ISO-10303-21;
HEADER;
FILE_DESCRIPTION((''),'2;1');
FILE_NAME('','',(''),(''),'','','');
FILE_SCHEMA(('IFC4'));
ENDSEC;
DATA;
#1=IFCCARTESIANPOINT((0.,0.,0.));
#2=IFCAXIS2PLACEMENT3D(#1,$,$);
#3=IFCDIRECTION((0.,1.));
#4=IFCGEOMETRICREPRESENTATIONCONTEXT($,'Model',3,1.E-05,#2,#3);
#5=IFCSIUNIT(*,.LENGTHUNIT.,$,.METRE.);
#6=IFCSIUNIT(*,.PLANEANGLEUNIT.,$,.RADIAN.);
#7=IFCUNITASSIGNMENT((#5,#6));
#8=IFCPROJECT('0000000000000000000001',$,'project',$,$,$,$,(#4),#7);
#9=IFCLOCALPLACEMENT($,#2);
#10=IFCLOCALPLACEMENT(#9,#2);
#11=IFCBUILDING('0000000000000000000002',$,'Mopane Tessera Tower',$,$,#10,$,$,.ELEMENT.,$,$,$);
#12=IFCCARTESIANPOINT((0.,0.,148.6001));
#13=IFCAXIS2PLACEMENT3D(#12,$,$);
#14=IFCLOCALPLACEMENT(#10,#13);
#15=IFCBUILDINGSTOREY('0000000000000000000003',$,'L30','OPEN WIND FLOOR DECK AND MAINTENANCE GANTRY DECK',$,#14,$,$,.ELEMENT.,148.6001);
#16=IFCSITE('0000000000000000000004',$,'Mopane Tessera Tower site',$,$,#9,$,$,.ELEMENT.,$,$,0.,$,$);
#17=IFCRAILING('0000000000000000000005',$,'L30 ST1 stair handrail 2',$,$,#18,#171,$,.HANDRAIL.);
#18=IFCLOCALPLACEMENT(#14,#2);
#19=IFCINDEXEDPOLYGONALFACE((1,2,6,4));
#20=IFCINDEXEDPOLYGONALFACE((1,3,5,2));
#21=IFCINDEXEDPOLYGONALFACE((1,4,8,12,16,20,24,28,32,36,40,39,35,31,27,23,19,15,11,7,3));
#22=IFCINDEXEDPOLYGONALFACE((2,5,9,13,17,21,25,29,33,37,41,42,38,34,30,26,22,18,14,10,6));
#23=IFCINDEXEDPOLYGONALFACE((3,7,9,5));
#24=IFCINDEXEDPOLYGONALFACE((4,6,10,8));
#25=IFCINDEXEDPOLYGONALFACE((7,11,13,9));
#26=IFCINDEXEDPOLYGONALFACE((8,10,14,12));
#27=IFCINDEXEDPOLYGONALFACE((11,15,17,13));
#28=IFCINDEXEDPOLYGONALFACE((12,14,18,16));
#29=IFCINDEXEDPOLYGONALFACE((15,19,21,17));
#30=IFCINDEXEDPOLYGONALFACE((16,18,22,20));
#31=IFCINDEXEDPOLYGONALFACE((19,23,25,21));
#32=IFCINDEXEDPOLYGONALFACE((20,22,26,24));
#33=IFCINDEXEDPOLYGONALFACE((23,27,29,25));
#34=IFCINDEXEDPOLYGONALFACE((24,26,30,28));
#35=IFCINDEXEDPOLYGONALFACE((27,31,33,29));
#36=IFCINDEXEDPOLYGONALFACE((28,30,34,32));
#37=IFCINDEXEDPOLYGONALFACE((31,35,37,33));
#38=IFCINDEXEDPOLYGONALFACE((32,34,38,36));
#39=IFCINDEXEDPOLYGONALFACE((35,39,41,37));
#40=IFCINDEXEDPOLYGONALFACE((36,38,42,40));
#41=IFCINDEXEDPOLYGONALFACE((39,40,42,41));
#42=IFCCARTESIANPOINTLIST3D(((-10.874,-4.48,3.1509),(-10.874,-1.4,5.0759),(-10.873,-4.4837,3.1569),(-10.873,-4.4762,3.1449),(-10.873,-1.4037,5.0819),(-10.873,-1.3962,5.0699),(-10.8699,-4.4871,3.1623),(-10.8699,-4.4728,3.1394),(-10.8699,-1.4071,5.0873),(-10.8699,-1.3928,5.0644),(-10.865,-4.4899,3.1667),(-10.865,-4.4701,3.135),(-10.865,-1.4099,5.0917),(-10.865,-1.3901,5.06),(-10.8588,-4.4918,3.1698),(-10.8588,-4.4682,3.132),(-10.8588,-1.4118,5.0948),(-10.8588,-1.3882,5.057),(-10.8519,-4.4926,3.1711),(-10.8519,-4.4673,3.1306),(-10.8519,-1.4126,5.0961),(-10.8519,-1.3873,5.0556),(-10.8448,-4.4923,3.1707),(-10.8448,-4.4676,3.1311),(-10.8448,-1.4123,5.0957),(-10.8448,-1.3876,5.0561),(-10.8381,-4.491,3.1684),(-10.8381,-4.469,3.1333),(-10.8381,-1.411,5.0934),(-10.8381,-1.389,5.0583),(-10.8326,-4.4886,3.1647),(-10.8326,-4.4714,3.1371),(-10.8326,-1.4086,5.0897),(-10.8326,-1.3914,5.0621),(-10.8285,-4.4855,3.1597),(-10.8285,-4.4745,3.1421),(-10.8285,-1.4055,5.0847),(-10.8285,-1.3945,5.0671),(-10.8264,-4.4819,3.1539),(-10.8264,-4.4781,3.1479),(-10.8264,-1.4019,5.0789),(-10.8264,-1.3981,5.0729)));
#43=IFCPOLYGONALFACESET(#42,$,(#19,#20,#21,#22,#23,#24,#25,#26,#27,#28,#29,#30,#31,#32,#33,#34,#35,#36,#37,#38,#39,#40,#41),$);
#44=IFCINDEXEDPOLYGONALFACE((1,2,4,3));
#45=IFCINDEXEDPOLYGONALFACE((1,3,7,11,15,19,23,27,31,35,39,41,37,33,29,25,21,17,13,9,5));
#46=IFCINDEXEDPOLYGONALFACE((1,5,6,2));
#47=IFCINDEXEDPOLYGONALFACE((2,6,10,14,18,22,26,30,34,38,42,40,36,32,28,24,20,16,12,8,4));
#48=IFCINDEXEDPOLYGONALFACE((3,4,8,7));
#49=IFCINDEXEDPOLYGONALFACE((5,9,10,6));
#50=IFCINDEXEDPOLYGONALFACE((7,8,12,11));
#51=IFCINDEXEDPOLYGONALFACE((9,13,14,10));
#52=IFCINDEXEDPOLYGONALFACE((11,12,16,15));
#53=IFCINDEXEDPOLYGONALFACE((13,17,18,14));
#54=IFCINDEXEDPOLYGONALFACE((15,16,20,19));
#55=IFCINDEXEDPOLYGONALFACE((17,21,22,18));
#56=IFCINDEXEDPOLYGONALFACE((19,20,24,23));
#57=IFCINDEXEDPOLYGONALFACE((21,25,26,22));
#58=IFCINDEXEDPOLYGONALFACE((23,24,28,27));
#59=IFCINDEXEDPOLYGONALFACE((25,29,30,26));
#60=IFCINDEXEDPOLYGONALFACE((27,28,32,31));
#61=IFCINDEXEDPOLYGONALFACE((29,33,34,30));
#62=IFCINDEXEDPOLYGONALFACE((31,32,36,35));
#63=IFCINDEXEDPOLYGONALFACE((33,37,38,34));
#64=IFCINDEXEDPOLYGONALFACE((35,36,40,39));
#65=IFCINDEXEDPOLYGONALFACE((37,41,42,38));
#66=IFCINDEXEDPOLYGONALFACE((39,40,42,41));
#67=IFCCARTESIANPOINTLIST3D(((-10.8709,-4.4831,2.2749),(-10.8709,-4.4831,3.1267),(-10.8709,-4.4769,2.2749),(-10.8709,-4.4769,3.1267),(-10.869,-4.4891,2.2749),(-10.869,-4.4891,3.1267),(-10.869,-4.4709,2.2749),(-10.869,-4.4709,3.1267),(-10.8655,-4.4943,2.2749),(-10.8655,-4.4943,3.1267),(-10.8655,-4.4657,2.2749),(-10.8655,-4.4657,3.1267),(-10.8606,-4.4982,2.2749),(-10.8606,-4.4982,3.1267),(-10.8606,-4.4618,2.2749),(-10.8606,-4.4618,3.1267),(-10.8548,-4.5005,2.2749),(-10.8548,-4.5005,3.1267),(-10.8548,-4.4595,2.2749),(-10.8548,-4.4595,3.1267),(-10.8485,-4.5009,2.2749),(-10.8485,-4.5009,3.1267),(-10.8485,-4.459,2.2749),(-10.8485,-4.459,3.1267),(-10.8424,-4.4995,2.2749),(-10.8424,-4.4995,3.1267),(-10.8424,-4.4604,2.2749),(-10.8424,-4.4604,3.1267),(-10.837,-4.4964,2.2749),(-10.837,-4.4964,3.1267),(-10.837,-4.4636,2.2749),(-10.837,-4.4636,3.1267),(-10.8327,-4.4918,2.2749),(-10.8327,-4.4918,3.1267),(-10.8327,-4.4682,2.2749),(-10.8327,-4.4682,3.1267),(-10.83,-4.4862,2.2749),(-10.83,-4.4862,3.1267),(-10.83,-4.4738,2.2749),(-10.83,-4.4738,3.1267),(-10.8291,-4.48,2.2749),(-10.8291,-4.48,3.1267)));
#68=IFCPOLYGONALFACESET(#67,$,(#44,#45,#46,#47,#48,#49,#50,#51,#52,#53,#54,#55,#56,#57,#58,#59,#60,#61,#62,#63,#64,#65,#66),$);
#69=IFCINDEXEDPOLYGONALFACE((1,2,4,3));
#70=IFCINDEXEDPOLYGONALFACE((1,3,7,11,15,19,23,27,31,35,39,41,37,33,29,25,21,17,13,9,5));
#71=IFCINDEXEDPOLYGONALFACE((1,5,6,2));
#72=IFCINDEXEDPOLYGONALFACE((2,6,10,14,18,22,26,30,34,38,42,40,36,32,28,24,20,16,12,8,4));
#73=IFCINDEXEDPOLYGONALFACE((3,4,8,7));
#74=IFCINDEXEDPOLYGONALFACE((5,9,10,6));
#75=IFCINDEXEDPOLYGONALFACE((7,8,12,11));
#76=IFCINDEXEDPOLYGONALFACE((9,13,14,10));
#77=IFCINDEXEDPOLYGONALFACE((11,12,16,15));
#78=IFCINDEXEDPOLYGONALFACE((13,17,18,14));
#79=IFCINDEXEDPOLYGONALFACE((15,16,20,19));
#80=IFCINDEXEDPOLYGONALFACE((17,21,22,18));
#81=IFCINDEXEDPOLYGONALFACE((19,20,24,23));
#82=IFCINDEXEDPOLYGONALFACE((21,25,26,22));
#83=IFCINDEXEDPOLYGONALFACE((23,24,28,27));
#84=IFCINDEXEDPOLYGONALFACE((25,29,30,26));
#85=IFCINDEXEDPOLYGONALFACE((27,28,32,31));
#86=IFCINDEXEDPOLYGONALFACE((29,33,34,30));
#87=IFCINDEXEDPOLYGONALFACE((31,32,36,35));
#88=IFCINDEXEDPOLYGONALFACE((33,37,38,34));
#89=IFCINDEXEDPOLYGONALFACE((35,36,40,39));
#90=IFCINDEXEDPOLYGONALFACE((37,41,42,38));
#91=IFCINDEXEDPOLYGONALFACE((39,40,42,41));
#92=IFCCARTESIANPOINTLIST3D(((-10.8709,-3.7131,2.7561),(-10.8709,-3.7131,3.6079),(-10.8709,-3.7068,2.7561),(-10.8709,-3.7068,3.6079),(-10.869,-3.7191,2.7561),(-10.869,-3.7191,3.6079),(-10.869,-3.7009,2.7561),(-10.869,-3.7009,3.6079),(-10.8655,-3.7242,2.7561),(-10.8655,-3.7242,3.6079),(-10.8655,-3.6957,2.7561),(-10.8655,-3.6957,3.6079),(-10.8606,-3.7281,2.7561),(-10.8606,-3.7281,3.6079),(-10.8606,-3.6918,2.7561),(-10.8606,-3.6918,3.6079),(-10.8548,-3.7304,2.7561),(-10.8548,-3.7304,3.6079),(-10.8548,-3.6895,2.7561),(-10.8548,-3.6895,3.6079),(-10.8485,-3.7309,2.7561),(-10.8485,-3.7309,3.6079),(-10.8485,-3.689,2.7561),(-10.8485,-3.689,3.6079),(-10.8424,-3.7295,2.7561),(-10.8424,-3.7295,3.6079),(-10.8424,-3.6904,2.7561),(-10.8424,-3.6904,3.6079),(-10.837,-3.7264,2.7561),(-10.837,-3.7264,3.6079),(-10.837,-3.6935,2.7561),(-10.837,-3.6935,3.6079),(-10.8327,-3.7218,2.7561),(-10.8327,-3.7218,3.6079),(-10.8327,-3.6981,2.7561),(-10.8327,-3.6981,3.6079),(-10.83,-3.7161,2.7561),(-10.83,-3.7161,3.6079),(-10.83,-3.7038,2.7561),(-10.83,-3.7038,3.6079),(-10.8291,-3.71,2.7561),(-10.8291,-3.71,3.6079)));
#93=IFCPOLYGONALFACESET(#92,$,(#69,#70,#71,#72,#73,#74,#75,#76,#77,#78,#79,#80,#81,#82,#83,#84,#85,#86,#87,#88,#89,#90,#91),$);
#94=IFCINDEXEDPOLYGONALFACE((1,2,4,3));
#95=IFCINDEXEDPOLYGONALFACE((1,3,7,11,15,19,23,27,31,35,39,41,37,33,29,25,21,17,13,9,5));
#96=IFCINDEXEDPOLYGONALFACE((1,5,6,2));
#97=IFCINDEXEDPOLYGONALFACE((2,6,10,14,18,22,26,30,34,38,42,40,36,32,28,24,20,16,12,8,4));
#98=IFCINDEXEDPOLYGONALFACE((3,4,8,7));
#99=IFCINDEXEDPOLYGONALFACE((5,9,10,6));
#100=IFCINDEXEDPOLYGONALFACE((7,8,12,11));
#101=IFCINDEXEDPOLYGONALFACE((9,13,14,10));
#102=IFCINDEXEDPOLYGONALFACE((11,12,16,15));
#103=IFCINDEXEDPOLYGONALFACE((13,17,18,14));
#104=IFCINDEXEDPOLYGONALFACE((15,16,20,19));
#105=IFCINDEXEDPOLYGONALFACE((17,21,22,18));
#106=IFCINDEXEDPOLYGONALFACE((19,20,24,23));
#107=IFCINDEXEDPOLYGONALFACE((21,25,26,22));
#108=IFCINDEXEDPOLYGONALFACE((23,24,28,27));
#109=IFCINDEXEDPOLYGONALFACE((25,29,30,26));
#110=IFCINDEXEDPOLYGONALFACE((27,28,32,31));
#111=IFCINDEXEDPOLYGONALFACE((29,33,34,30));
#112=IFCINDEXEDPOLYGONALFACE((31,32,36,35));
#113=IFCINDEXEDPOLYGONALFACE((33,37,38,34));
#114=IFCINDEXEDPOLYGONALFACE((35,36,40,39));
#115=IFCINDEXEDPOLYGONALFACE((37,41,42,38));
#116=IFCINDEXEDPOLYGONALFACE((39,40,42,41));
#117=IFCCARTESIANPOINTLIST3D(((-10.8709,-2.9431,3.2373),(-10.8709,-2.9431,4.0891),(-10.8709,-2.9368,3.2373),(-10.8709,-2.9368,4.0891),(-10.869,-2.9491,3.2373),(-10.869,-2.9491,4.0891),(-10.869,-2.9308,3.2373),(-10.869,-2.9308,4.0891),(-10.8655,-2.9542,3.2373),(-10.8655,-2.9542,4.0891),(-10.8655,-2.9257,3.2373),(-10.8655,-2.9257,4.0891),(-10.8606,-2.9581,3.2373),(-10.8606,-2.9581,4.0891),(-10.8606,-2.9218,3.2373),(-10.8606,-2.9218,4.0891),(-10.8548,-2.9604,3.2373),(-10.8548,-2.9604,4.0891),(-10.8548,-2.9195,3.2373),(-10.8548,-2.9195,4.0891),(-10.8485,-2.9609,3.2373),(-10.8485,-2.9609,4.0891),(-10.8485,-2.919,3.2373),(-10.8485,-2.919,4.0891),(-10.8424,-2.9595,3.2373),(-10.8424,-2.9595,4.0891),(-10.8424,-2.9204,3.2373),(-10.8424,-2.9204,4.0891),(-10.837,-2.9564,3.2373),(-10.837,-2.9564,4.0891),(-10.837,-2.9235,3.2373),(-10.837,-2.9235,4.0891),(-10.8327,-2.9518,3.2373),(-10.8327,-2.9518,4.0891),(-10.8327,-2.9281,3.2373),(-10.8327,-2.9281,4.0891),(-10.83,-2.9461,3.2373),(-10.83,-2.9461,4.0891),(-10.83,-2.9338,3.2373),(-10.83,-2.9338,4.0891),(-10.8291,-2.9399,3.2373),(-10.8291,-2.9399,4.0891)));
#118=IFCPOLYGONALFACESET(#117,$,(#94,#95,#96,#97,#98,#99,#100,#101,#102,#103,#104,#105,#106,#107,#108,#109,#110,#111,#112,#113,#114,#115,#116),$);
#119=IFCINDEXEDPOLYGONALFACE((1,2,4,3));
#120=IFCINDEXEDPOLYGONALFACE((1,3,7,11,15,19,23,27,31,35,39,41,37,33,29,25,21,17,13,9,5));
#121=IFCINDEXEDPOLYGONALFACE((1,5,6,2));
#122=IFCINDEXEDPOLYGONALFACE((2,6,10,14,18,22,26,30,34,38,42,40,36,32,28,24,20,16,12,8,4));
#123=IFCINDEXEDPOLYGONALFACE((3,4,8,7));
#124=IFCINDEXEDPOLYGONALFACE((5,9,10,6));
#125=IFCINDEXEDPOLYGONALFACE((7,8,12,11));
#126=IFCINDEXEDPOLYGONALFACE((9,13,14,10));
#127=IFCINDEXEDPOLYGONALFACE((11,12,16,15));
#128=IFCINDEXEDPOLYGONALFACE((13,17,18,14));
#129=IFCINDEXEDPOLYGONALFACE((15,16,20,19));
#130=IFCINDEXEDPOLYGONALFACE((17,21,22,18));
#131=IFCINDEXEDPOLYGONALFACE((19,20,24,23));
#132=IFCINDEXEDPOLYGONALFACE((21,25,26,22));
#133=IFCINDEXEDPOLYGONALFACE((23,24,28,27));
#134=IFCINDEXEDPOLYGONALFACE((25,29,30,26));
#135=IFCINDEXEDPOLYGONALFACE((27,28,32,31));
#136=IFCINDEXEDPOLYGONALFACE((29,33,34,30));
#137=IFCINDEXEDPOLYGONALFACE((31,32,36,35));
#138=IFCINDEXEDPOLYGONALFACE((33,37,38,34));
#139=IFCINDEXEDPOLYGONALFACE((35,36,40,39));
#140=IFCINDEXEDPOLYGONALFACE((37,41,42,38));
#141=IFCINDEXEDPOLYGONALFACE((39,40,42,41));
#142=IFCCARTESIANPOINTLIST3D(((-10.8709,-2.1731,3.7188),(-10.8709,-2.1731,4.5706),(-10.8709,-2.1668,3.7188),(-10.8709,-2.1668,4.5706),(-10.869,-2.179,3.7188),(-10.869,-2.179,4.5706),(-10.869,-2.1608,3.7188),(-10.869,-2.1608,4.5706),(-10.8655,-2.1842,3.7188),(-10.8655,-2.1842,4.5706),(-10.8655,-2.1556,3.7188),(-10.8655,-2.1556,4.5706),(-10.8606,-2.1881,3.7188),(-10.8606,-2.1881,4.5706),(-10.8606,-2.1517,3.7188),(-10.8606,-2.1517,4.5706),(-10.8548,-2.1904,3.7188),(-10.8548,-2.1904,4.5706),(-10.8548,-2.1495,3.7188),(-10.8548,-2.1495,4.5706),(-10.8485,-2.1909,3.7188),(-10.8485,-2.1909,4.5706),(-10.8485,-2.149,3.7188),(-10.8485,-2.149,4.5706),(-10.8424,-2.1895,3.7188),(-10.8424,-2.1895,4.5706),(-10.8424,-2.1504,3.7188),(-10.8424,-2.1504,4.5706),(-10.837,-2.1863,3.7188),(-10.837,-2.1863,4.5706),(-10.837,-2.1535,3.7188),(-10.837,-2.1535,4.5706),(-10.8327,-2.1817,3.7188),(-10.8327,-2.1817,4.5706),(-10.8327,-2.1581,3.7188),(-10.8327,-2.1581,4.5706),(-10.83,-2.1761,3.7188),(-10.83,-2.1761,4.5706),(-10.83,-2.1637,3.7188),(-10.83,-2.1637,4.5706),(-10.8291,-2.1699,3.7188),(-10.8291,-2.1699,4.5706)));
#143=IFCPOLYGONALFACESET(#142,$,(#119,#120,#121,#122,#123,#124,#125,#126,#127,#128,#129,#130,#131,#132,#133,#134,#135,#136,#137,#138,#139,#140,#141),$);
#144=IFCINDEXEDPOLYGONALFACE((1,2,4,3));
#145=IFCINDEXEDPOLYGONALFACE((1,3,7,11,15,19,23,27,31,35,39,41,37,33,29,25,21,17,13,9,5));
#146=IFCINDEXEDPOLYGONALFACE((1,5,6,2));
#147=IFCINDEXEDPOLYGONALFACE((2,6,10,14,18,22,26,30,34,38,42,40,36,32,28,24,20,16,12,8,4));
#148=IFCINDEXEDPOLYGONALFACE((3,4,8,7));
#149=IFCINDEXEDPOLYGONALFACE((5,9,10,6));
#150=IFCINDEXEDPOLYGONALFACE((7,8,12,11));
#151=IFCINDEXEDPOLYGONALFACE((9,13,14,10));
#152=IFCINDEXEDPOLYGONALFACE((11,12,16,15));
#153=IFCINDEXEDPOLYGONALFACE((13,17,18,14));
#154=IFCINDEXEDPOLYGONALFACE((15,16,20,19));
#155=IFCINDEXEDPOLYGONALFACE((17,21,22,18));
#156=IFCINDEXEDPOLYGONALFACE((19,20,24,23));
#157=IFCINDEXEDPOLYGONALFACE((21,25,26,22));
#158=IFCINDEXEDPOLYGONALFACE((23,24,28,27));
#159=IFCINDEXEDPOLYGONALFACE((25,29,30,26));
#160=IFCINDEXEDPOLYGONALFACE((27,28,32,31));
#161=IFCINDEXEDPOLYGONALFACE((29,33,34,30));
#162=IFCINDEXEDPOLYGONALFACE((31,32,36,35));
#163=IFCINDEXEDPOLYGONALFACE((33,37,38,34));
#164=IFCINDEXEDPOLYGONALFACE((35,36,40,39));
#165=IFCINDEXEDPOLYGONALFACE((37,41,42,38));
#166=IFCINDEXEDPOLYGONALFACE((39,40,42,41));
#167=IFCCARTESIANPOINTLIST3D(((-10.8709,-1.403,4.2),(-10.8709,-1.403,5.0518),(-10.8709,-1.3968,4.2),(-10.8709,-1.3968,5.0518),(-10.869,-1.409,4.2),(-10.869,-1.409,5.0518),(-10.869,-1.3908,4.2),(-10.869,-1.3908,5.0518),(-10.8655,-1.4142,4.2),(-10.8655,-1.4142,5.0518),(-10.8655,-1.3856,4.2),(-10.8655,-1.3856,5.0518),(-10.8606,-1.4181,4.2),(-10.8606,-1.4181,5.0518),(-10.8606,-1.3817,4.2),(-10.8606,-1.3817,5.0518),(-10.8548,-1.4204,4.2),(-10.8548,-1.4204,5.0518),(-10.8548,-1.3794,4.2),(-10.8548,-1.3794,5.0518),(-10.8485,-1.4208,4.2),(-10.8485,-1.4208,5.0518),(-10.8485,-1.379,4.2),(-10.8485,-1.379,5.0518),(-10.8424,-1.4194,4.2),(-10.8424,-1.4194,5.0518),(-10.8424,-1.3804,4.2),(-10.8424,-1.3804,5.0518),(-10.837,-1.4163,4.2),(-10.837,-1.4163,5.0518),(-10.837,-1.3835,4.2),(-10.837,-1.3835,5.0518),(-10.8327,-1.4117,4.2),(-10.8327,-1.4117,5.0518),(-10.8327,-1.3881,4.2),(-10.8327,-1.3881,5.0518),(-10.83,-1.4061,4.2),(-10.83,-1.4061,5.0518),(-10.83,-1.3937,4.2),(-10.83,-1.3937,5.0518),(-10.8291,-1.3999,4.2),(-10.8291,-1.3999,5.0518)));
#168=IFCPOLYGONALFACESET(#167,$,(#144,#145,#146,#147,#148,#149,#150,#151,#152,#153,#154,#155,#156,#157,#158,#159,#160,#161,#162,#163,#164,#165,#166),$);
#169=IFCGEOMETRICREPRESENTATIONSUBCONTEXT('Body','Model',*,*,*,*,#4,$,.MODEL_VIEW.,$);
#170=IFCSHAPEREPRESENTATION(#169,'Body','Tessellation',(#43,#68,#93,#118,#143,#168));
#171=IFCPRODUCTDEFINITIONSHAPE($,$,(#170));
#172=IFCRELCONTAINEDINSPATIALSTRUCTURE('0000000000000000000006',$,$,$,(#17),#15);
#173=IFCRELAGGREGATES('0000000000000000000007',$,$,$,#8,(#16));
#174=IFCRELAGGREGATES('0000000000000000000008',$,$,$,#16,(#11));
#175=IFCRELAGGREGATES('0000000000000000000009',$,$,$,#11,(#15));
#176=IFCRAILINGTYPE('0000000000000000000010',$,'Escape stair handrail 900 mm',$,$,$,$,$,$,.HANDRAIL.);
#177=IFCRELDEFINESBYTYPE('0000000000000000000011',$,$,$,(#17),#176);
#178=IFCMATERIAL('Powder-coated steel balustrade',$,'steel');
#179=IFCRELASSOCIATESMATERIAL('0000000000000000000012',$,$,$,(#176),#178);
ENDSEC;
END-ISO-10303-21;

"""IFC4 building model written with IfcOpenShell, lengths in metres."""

from ifc_helpers import new_model, si_unit, direction, frame, origin, origin_2d, place, context, subcontext, project, spatial, circle, extrude, material, type_object, element, save


model = new_model("IFC4")

# Units and contexts
model_context = context("Model", 3, precision=1e-05, world=origin(), true_north=direction((0.0, 1.0)))
body_context = subcontext(model_context, "Body", "Model", "MODEL_VIEW")
ifc_project = project(units=[si_unit("LENGTHUNIT", "METRE"), si_unit("PLANEANGLEUNIT", "RADIAN")], contexts=[model_context])

# Site, building, storey
site_placement = place(None, origin())
site = spatial("IfcSite", under=ifc_project, at=site_placement, Name="Mopane Tessera Tower site", CompositionType="ELEMENT", RefElevation=0.0)
building_placement = place(site_placement, origin())
building = spatial("IfcBuilding", under=site, at=building_placement, Name="Mopane Tessera Tower", CompositionType="ELEMENT")
storey_placement = place(building_placement, frame((0.0, 0.0, 148.6001)))
storey = spatial("IfcBuildingStorey", under=building, at=storey_placement, Name="L30", Description="OPEN WIND FLOOR DECK AND MAINTENANCE GANTRY DECK", CompositionType="ELEMENT", Elevation=148.6001)

# Railing
ifc_material_1 = material(Name="Powder-coated steel balustrade", Category="steel")
railing_type = type_object("IfcRailingType", Name="Escape stair handrail 900 mm", PredefinedType="HANDRAIL", material=ifc_material_1)
for number, where, name in (
    (1, (-10.8501, -4.48, 2.2749), "L30 ST1 stair handrail 2"),
):
    element("IfcRailing", number, at=place(storey_placement, frame(where)), inside=storey, type_object=railing_type, Name=name, PredefinedType="HANDRAIL", context=body_context, shape_type="SweptSolid", body=[
        extrude(circle(Radius=0.0239, at=origin_2d()), frame((0.0, 0.0, 0.876), z_axis=(0.0, 0.847998, 0.529999), x_axis=(-1.0, 0.0, 0.0)), (0.0, 0.0, 1.0), 3.6321),
        extrude(circle(Radius=0.021, at=origin_2d()), origin(), (0.0, 0.0, 1.0), 0.8518),
        extrude(circle(Radius=0.021, at=origin_2d()), frame((0.0, 0.77, 0.4812)), (0.0, 0.0, 1.0), 0.8518),
        extrude(circle(Radius=0.021, at=origin_2d()), frame((0.0, 1.54, 0.9624)), (0.0, 0.0, 1.0), 0.8518),
        extrude(circle(Radius=0.021, at=origin_2d()), frame((0.0, 2.3101, 1.4438)), (0.0, 0.0, 1.0), 0.8518),
        extrude(circle(Radius=0.021, at=origin_2d()), frame((0.0, 3.0801, 1.925)), (0.0, 0.0, 1.0), 0.8518),
    ])

save(model, "model.ifc")
